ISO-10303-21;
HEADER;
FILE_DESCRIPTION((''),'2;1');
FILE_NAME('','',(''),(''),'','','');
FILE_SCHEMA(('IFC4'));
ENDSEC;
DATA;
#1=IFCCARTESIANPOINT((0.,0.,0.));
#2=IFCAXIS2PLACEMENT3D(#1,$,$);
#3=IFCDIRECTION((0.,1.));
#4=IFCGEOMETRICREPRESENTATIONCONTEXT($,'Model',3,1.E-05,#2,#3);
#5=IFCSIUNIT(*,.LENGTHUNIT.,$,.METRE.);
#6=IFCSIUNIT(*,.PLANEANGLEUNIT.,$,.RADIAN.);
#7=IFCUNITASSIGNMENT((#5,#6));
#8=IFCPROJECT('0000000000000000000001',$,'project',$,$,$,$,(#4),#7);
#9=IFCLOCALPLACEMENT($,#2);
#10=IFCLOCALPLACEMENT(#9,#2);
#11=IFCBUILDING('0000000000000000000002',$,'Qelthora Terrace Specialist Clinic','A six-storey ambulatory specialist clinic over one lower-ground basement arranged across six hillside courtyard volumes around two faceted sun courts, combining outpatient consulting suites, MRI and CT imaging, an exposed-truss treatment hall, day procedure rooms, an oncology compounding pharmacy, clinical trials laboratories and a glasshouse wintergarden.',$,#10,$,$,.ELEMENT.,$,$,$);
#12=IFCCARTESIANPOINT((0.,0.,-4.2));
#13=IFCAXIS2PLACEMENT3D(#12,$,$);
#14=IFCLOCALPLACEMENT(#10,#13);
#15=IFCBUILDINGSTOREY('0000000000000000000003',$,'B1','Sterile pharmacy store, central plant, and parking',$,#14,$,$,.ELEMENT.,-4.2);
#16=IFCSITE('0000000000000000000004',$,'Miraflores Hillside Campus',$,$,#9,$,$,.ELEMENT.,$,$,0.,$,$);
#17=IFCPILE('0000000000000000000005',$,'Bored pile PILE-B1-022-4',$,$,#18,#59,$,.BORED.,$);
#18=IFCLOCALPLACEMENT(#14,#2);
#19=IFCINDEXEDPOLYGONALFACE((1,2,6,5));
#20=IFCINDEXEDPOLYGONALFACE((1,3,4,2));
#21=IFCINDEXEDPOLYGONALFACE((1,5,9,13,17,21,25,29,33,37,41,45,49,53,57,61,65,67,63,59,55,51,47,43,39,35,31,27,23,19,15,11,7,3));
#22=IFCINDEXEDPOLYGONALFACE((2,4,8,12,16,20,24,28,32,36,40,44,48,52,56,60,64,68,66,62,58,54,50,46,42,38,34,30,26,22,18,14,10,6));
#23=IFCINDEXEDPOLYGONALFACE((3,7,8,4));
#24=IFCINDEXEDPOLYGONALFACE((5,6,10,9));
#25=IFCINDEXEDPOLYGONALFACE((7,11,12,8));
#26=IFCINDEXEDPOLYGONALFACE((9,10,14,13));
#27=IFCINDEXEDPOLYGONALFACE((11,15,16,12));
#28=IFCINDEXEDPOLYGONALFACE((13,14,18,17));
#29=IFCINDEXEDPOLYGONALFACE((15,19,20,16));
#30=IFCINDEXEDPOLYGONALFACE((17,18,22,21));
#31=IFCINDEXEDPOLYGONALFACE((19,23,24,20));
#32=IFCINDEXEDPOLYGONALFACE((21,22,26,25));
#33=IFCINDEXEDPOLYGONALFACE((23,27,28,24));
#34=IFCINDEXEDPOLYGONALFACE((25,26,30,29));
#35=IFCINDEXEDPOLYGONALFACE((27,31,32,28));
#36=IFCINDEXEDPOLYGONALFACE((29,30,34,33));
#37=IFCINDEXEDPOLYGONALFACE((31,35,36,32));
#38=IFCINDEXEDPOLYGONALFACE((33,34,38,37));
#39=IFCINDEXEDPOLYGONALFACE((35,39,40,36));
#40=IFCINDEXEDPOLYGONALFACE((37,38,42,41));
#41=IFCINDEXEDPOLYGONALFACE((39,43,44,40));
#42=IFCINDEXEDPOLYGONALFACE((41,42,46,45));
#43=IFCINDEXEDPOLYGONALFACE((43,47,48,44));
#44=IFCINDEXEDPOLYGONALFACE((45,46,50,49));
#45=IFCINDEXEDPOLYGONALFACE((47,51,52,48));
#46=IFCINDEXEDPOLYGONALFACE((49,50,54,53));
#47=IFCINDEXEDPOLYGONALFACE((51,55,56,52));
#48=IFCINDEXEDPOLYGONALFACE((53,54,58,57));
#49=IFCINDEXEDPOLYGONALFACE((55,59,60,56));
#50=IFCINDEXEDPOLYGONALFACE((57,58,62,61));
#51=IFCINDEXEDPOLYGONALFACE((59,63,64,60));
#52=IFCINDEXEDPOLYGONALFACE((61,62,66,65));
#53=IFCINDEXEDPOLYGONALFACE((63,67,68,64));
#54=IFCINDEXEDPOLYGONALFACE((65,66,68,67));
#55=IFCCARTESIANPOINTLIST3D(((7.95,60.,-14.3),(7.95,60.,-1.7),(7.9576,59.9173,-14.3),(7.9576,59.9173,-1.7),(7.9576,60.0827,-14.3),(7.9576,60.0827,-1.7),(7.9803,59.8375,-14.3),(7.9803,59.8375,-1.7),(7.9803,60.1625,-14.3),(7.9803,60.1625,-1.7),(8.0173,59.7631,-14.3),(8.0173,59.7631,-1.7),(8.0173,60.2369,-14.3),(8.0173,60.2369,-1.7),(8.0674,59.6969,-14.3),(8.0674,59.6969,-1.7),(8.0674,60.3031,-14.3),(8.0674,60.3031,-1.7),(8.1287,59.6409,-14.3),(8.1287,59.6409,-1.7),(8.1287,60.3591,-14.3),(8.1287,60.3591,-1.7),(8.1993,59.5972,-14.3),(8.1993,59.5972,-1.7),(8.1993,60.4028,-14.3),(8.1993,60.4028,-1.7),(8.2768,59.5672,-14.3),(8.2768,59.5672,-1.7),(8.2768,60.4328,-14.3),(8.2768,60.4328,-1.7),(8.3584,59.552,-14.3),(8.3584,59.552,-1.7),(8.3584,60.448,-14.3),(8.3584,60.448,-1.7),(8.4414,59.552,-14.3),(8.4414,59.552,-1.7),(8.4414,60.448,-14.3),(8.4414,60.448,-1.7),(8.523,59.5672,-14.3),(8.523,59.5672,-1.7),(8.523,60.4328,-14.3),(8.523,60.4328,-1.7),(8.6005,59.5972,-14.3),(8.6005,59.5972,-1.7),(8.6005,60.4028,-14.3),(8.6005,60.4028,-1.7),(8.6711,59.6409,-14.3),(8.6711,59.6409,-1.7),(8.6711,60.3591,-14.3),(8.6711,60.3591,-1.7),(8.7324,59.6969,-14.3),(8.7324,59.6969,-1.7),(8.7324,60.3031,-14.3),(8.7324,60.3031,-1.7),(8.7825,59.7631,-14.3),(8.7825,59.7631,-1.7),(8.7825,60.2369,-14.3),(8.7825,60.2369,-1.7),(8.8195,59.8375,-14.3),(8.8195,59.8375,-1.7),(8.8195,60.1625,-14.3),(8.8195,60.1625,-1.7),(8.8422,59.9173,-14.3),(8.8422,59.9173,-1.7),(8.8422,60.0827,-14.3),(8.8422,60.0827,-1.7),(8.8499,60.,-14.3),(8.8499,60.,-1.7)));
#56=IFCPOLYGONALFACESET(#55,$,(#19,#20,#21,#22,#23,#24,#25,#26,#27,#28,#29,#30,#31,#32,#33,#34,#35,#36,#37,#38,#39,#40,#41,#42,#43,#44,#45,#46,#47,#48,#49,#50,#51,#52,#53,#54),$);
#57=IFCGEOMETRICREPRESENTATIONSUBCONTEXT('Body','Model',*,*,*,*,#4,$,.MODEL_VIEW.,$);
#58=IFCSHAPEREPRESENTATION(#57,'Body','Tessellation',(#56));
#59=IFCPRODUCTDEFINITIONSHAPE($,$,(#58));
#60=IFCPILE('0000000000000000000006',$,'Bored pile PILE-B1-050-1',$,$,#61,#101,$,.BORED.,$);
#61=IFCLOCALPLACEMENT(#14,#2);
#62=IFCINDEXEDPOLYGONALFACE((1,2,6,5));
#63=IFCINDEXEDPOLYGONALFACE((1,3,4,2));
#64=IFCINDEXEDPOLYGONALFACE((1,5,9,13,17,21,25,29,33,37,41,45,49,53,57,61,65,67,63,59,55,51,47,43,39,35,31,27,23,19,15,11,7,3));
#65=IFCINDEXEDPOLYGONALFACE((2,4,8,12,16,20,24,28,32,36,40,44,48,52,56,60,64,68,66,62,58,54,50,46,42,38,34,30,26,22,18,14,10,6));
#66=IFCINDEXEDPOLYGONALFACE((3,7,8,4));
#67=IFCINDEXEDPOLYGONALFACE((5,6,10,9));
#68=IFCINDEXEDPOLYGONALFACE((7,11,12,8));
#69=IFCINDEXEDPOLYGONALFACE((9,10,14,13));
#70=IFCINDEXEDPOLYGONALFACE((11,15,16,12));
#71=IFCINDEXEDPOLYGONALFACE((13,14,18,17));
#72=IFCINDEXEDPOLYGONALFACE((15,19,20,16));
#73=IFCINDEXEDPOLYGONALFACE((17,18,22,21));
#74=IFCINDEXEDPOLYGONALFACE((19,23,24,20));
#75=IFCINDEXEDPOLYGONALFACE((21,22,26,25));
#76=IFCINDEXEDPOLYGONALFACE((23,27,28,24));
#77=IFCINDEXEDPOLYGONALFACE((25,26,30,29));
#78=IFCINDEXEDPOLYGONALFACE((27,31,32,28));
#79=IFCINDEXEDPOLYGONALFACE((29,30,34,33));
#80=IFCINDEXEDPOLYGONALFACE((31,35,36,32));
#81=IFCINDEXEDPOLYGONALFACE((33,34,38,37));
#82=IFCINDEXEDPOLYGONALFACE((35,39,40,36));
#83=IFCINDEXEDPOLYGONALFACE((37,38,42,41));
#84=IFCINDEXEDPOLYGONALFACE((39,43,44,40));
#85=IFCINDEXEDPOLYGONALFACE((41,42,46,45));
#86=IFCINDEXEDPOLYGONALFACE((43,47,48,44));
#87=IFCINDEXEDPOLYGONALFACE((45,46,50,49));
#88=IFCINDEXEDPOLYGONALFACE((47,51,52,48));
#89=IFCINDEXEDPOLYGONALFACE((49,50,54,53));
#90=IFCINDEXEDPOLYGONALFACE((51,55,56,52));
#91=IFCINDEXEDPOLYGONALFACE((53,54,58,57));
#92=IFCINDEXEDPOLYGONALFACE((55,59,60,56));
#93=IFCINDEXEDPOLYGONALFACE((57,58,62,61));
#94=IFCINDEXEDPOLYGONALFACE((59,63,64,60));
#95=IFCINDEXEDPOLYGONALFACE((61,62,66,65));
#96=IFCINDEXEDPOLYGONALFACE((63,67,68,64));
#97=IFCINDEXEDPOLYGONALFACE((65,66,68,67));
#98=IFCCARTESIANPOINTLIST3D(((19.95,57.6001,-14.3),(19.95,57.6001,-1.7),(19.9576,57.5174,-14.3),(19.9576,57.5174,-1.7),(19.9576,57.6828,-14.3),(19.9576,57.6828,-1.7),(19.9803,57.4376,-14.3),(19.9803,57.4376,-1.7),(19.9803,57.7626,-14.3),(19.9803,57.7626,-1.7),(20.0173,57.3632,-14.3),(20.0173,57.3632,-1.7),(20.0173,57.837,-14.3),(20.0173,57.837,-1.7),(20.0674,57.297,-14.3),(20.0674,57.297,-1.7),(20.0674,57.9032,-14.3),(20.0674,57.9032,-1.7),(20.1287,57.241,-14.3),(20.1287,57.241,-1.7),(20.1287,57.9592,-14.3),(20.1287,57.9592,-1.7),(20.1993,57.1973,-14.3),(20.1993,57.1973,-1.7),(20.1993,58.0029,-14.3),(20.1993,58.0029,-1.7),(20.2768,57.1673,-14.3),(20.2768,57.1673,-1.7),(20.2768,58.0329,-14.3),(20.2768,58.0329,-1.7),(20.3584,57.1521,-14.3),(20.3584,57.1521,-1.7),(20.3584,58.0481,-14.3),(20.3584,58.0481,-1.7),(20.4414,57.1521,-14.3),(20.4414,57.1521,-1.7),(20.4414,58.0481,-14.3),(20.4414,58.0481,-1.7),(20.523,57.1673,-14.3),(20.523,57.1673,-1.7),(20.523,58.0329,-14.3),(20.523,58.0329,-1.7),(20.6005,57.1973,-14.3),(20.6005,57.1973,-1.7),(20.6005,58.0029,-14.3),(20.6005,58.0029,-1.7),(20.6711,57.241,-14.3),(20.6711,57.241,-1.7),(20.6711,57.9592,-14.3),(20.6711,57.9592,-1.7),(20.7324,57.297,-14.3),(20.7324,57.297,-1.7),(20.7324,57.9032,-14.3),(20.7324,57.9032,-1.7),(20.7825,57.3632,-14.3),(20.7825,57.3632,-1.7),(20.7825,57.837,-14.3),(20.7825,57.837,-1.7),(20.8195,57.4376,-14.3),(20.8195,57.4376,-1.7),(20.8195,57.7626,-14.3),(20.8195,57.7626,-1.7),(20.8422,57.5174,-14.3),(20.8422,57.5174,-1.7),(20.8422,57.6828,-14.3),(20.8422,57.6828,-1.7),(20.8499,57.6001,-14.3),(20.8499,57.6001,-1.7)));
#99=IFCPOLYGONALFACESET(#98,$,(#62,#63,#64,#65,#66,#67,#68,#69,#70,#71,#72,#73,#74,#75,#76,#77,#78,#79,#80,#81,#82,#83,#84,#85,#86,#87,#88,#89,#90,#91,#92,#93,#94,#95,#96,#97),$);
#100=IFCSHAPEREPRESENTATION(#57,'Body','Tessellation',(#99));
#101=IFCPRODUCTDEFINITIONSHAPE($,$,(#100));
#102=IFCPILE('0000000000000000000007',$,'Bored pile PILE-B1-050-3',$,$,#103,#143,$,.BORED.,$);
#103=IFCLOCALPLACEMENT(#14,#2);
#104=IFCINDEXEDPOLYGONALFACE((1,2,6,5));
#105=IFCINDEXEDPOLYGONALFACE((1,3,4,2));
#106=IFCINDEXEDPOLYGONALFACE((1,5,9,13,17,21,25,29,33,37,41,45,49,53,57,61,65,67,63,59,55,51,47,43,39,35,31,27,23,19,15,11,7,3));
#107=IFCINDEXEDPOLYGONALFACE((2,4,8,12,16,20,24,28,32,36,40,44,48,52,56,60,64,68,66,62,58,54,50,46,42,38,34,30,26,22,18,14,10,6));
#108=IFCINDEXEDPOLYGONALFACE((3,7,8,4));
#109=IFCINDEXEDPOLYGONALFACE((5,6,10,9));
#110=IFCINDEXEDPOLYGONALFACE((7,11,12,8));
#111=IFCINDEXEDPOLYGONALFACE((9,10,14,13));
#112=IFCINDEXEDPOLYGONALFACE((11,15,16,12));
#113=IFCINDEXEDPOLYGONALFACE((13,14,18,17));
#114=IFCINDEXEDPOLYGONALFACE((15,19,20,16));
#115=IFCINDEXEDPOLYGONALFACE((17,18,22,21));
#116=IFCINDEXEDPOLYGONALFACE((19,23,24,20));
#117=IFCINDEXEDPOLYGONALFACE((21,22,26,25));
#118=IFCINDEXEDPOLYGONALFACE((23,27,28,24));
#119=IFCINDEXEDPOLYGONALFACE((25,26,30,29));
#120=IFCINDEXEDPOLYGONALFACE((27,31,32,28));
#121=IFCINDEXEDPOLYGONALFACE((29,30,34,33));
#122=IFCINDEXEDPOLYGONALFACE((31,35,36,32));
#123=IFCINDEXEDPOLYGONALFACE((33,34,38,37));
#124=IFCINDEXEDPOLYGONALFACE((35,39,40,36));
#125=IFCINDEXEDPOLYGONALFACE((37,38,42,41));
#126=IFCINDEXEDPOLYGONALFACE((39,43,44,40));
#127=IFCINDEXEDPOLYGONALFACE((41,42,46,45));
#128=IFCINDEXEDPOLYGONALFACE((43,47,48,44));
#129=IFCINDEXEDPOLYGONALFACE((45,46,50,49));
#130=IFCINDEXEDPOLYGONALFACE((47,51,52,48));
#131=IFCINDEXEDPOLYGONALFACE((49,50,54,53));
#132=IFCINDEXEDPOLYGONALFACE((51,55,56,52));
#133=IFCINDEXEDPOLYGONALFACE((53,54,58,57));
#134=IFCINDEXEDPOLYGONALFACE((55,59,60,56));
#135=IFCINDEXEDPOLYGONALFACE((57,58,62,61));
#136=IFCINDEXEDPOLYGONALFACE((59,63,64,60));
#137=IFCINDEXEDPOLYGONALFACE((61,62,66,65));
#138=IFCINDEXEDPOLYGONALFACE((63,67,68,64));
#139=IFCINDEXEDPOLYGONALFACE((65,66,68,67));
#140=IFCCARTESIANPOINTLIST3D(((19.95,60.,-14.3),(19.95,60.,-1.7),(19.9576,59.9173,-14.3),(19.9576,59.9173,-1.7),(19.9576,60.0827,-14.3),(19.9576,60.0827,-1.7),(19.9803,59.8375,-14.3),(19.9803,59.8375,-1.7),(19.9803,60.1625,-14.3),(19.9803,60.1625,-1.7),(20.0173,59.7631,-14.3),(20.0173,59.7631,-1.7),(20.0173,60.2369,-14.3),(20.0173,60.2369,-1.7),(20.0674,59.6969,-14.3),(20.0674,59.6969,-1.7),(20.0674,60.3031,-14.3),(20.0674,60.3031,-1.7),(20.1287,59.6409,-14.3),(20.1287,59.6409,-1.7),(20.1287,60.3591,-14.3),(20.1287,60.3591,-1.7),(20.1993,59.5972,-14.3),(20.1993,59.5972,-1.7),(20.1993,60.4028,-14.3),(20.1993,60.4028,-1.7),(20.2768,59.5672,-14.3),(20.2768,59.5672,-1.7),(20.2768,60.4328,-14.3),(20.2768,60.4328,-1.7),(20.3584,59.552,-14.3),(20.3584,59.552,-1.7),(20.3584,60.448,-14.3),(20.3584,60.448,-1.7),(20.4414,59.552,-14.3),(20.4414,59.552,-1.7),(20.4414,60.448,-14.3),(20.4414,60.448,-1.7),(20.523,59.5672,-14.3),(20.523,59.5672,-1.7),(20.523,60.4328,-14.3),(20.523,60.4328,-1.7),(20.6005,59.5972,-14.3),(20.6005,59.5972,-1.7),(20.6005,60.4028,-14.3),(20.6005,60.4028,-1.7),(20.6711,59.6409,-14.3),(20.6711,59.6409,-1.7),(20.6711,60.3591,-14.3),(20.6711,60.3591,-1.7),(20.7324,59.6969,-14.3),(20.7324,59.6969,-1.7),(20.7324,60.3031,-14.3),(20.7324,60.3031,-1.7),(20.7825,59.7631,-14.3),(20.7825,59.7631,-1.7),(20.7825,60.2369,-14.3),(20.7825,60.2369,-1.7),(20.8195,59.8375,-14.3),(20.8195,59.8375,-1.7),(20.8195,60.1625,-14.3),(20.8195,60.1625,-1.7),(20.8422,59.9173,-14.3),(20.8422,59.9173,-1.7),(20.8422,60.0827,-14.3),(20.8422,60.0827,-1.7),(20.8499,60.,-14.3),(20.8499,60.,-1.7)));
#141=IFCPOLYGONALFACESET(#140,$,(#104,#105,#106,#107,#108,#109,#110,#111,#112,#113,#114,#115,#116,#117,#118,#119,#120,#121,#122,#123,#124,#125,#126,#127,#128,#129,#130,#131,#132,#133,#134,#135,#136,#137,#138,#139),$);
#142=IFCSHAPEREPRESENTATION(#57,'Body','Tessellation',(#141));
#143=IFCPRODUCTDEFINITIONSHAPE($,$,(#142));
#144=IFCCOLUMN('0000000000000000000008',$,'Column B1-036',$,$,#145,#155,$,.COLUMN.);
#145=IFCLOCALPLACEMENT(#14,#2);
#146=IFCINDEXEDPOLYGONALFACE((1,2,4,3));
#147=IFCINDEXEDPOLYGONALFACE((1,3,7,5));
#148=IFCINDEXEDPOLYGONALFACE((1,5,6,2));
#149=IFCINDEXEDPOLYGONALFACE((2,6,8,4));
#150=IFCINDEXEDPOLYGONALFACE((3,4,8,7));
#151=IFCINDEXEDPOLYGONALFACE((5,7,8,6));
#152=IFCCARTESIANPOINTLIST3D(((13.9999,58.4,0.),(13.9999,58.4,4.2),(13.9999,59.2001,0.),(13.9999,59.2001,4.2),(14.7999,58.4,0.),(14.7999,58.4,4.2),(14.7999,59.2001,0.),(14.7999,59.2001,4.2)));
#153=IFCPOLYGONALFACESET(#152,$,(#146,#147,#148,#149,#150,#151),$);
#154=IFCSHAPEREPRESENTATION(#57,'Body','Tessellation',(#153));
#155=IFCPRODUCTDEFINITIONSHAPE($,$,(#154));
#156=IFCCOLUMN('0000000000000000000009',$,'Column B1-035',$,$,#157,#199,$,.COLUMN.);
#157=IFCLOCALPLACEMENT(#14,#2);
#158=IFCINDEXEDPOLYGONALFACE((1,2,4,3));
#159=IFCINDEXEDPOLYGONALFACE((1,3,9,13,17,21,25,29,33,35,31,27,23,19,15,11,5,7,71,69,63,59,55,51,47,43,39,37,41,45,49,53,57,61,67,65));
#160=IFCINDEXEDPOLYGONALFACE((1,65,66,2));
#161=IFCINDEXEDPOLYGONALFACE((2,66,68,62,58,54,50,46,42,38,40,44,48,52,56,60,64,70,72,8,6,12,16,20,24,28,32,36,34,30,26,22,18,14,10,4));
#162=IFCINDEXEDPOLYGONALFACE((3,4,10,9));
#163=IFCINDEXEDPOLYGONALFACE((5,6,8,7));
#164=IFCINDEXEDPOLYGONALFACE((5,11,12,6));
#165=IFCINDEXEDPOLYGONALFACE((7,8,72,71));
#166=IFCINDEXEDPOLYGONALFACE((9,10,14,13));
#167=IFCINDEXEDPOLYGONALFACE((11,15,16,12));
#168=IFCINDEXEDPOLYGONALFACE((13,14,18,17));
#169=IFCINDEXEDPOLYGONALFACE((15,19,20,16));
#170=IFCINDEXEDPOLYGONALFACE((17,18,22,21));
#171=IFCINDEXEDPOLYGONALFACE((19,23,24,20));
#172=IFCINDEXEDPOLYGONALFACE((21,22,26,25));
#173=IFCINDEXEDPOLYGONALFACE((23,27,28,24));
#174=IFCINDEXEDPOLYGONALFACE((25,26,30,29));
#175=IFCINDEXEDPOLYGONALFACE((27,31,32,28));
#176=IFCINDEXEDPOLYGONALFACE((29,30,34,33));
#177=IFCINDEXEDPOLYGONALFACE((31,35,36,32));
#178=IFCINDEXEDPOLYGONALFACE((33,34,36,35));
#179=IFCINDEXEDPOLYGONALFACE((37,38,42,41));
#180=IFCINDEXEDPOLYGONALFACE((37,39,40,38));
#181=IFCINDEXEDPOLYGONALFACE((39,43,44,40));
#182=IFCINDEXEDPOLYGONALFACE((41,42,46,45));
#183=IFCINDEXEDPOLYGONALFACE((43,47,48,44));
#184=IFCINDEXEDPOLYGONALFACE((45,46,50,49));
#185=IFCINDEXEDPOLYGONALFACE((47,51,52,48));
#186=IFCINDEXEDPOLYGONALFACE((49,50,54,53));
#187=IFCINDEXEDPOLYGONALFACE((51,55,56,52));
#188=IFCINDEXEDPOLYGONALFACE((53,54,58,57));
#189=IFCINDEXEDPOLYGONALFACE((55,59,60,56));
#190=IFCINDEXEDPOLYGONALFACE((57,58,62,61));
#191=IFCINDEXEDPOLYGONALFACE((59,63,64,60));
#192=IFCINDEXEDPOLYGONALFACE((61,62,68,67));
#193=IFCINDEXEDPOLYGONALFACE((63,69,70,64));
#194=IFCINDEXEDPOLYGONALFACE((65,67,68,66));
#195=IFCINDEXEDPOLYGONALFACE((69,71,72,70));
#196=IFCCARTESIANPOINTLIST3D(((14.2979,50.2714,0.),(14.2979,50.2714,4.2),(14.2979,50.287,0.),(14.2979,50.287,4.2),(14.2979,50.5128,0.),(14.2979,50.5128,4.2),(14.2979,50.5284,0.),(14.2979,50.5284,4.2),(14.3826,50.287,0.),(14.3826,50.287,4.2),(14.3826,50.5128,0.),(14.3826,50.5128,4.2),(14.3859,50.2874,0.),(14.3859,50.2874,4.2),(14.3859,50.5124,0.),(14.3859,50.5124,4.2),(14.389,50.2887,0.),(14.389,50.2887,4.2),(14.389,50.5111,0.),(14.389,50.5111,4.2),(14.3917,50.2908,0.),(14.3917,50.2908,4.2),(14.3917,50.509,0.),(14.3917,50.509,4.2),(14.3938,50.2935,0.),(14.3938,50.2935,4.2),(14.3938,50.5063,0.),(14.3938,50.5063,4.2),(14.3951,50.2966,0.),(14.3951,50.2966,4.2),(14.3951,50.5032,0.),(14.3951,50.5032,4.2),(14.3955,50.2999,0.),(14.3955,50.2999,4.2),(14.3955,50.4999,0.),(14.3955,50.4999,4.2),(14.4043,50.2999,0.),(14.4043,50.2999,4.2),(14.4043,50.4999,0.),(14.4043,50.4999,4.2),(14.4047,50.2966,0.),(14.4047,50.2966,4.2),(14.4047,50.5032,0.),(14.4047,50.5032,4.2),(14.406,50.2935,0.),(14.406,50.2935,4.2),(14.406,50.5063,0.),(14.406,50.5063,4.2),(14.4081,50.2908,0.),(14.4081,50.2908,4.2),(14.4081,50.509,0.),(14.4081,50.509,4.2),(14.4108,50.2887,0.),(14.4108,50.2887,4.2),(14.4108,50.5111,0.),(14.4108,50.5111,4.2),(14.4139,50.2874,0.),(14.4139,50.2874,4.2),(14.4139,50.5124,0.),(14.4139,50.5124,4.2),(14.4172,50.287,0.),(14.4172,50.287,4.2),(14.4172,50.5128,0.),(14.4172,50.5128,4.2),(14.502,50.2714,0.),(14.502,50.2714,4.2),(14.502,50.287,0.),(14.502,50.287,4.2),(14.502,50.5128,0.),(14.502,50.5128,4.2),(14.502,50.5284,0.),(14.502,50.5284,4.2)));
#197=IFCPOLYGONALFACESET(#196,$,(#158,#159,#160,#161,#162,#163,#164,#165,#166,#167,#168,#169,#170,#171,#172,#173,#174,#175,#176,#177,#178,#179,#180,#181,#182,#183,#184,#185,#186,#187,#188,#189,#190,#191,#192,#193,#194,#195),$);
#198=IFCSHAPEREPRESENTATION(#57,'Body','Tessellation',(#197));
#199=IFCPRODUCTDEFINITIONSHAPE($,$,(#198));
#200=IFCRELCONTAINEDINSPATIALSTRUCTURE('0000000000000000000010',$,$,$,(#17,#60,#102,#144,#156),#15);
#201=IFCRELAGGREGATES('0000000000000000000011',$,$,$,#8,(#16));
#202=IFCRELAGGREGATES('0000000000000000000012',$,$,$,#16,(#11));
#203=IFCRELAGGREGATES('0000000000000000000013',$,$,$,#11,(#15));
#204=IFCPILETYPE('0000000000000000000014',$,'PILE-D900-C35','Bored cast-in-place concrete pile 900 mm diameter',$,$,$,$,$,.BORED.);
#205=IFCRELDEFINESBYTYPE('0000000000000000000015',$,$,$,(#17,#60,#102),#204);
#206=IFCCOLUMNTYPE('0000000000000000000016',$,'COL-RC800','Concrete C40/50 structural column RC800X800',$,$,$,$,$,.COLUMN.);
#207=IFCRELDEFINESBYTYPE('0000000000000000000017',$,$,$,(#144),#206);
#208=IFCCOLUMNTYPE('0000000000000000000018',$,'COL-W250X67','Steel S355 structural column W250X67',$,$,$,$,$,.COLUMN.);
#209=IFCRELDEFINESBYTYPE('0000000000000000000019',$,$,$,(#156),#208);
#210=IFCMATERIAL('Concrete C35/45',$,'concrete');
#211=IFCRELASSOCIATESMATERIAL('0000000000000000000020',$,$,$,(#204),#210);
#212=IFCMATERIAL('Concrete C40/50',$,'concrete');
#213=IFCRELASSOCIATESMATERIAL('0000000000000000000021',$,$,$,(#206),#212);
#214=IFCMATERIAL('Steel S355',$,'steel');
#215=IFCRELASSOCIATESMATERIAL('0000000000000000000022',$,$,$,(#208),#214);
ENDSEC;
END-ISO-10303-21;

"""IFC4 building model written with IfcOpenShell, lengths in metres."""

from ifc_helpers import new_model, si_unit, direction, frame, origin, origin_2d, place, context, subcontext, project, spatial, rectangle, circle, i_section, extrude, material, material_profile, profile_set, type_object, element, save


model = new_model("IFC4")

# Units and contexts
model_context = context("Model", 3, precision=1e-05, world=origin(), true_north=direction((0.0, 1.0)))
body_context = subcontext(model_context, "Body", "Model", "MODEL_VIEW")
ifc_project = project(units=[si_unit("LENGTHUNIT", "METRE"), si_unit("PLANEANGLEUNIT", "RADIAN")], contexts=[model_context])

# Site, building, storey
site_placement = place(None, origin())
site = spatial("IfcSite", under=ifc_project, at=site_placement, Name="Miraflores Hillside Campus", CompositionType="ELEMENT", RefElevation=0.0)
building_placement = place(site_placement, origin())
building = spatial("IfcBuilding", under=site, at=building_placement, Name="Qelthora Terrace Specialist Clinic", Description="A six-storey ambulatory specialist clinic over one lower-ground basement arranged across six hillside courtyard volumes around two faceted sun courts, combining outpatient consulting suites, MRI and CT imaging, an exposed-truss treatment hall, day procedure rooms, an oncology compounding pharmacy, clinical trials laboratories and a glasshouse wintergarden.", CompositionType="ELEMENT")
storey_placement = place(building_placement, frame((0.0, 0.0, -4.2)))
storey = spatial("IfcBuildingStorey", under=building, at=storey_placement, Name="B1", Description="Sterile pharmacy store, central plant, and parking", CompositionType="ELEMENT", Elevation=-4.2)

# Shared definitions
ifc_material_1 = material(Name="Concrete C35/45", Category="concrete")

# Piles
ifc_material_profile_1 = material_profile(ifc_material_1, circle(Radius=0.45, at=origin_2d()), Name="PILE900")
ifc_profile_set_1 = profile_set([ifc_material_profile_1], Name="Concrete C35/45")
pile_type_1 = type_object("IfcPileType", Name="PILE-D900-C35", Description="Bored cast-in-place concrete pile 900 mm diameter", PredefinedType="BORED", material=ifc_profile_set_1)
for number, where, z_axis, x_axis, name in (
    (1, (8.3999, 60.0, -1.7), (0.0, 0.0, -1.0), (1.0, 0.0, 0.0), "Bored pile PILE-B1-022-4"),
    (2, (20.3999, 57.6001, -1.7), (0.0, 0.0, -1.0), (1.0, 0.0, 0.0), "Bored pile PILE-B1-050-1"),
    (3, (20.3999, 60.0, -1.7), (0.0, 0.0, -1.0), (1.0, 0.0, 0.0), "Bored pile PILE-B1-050-3"),
):
    element("IfcPile", number, at=place(storey_placement, frame(where, z_axis=z_axis, x_axis=x_axis)), inside=storey, type_object=pile_type_1, Name=name, PredefinedType="BORED", context=body_context, shape_type="SweptSolid", body=[
        extrude(circle(Radius=0.45, at=origin_2d()), origin(), (0.0, 0.0, 1.0), 12.6001),
    ])

# Columns
ifc_material_2 = material(Name="Concrete C40/50", Category="concrete")
ifc_material_profile_2 = material_profile(ifc_material_2, rectangle(XDim=0.8, YDim=0.8, at=origin_2d()), Name="RC800X800")
ifc_profile_set_2 = profile_set([ifc_material_profile_2], Name="Concrete C40/50")
column_type_1 = type_object("IfcColumnType", Name="COL-RC800", Description="Concrete C40/50 structural column RC800X800", PredefinedType="COLUMN", material=ifc_profile_set_2)
column_1_placement = place(storey_placement, frame((14.3999, 58.8, 0.0), z_axis=(0.0, 0.0, 1.0), x_axis=(1.0, 0.0, 0.0)))
element("IfcColumn", 4, at=column_1_placement, inside=storey, type_object=column_type_1, Name="Column B1-036", PredefinedType="COLUMN", context=body_context, shape_type="SweptSolid", body=[
    extrude(rectangle(XDim=0.8, YDim=0.8, at=origin_2d()), origin(), (0.0, 0.0, 1.0), 4.2),
])
ifc_material_3 = material(Name="Steel S355", Category="steel")
ifc_material_profile_3 = material_profile(ifc_material_3, i_section(OverallWidth=0.2041, OverallDepth=0.2571, WebThickness=0.0088, FlangeThickness=0.0156, FilletRadius=0.0129, at=origin_2d()), Name="W250X67")
ifc_profile_set_3 = profile_set([ifc_material_profile_3], Name="Steel S355")
column_type_2 = type_object("IfcColumnType", Name="COL-W250X67", Description="Steel S355 structural column W250X67", PredefinedType="COLUMN", material=ifc_profile_set_3)
column_2_placement = place(storey_placement, frame((14.3999, 50.3999, 0.0), z_axis=(0.0, 0.0, 1.0), x_axis=(1.0, 0.0, 0.0)))
element("IfcColumn", 5, at=column_2_placement, inside=storey, type_object=column_type_2, Name="Column B1-035", PredefinedType="COLUMN", context=body_context, shape_type="SweptSolid", body=[
    extrude(i_section(OverallWidth=0.2041, OverallDepth=0.2571, WebThickness=0.0088, FlangeThickness=0.0156, FilletRadius=0.0129, at=origin_2d()), origin(), (0.0, 0.0, 1.0), 4.2),
])

save(model, "model.ifc")
